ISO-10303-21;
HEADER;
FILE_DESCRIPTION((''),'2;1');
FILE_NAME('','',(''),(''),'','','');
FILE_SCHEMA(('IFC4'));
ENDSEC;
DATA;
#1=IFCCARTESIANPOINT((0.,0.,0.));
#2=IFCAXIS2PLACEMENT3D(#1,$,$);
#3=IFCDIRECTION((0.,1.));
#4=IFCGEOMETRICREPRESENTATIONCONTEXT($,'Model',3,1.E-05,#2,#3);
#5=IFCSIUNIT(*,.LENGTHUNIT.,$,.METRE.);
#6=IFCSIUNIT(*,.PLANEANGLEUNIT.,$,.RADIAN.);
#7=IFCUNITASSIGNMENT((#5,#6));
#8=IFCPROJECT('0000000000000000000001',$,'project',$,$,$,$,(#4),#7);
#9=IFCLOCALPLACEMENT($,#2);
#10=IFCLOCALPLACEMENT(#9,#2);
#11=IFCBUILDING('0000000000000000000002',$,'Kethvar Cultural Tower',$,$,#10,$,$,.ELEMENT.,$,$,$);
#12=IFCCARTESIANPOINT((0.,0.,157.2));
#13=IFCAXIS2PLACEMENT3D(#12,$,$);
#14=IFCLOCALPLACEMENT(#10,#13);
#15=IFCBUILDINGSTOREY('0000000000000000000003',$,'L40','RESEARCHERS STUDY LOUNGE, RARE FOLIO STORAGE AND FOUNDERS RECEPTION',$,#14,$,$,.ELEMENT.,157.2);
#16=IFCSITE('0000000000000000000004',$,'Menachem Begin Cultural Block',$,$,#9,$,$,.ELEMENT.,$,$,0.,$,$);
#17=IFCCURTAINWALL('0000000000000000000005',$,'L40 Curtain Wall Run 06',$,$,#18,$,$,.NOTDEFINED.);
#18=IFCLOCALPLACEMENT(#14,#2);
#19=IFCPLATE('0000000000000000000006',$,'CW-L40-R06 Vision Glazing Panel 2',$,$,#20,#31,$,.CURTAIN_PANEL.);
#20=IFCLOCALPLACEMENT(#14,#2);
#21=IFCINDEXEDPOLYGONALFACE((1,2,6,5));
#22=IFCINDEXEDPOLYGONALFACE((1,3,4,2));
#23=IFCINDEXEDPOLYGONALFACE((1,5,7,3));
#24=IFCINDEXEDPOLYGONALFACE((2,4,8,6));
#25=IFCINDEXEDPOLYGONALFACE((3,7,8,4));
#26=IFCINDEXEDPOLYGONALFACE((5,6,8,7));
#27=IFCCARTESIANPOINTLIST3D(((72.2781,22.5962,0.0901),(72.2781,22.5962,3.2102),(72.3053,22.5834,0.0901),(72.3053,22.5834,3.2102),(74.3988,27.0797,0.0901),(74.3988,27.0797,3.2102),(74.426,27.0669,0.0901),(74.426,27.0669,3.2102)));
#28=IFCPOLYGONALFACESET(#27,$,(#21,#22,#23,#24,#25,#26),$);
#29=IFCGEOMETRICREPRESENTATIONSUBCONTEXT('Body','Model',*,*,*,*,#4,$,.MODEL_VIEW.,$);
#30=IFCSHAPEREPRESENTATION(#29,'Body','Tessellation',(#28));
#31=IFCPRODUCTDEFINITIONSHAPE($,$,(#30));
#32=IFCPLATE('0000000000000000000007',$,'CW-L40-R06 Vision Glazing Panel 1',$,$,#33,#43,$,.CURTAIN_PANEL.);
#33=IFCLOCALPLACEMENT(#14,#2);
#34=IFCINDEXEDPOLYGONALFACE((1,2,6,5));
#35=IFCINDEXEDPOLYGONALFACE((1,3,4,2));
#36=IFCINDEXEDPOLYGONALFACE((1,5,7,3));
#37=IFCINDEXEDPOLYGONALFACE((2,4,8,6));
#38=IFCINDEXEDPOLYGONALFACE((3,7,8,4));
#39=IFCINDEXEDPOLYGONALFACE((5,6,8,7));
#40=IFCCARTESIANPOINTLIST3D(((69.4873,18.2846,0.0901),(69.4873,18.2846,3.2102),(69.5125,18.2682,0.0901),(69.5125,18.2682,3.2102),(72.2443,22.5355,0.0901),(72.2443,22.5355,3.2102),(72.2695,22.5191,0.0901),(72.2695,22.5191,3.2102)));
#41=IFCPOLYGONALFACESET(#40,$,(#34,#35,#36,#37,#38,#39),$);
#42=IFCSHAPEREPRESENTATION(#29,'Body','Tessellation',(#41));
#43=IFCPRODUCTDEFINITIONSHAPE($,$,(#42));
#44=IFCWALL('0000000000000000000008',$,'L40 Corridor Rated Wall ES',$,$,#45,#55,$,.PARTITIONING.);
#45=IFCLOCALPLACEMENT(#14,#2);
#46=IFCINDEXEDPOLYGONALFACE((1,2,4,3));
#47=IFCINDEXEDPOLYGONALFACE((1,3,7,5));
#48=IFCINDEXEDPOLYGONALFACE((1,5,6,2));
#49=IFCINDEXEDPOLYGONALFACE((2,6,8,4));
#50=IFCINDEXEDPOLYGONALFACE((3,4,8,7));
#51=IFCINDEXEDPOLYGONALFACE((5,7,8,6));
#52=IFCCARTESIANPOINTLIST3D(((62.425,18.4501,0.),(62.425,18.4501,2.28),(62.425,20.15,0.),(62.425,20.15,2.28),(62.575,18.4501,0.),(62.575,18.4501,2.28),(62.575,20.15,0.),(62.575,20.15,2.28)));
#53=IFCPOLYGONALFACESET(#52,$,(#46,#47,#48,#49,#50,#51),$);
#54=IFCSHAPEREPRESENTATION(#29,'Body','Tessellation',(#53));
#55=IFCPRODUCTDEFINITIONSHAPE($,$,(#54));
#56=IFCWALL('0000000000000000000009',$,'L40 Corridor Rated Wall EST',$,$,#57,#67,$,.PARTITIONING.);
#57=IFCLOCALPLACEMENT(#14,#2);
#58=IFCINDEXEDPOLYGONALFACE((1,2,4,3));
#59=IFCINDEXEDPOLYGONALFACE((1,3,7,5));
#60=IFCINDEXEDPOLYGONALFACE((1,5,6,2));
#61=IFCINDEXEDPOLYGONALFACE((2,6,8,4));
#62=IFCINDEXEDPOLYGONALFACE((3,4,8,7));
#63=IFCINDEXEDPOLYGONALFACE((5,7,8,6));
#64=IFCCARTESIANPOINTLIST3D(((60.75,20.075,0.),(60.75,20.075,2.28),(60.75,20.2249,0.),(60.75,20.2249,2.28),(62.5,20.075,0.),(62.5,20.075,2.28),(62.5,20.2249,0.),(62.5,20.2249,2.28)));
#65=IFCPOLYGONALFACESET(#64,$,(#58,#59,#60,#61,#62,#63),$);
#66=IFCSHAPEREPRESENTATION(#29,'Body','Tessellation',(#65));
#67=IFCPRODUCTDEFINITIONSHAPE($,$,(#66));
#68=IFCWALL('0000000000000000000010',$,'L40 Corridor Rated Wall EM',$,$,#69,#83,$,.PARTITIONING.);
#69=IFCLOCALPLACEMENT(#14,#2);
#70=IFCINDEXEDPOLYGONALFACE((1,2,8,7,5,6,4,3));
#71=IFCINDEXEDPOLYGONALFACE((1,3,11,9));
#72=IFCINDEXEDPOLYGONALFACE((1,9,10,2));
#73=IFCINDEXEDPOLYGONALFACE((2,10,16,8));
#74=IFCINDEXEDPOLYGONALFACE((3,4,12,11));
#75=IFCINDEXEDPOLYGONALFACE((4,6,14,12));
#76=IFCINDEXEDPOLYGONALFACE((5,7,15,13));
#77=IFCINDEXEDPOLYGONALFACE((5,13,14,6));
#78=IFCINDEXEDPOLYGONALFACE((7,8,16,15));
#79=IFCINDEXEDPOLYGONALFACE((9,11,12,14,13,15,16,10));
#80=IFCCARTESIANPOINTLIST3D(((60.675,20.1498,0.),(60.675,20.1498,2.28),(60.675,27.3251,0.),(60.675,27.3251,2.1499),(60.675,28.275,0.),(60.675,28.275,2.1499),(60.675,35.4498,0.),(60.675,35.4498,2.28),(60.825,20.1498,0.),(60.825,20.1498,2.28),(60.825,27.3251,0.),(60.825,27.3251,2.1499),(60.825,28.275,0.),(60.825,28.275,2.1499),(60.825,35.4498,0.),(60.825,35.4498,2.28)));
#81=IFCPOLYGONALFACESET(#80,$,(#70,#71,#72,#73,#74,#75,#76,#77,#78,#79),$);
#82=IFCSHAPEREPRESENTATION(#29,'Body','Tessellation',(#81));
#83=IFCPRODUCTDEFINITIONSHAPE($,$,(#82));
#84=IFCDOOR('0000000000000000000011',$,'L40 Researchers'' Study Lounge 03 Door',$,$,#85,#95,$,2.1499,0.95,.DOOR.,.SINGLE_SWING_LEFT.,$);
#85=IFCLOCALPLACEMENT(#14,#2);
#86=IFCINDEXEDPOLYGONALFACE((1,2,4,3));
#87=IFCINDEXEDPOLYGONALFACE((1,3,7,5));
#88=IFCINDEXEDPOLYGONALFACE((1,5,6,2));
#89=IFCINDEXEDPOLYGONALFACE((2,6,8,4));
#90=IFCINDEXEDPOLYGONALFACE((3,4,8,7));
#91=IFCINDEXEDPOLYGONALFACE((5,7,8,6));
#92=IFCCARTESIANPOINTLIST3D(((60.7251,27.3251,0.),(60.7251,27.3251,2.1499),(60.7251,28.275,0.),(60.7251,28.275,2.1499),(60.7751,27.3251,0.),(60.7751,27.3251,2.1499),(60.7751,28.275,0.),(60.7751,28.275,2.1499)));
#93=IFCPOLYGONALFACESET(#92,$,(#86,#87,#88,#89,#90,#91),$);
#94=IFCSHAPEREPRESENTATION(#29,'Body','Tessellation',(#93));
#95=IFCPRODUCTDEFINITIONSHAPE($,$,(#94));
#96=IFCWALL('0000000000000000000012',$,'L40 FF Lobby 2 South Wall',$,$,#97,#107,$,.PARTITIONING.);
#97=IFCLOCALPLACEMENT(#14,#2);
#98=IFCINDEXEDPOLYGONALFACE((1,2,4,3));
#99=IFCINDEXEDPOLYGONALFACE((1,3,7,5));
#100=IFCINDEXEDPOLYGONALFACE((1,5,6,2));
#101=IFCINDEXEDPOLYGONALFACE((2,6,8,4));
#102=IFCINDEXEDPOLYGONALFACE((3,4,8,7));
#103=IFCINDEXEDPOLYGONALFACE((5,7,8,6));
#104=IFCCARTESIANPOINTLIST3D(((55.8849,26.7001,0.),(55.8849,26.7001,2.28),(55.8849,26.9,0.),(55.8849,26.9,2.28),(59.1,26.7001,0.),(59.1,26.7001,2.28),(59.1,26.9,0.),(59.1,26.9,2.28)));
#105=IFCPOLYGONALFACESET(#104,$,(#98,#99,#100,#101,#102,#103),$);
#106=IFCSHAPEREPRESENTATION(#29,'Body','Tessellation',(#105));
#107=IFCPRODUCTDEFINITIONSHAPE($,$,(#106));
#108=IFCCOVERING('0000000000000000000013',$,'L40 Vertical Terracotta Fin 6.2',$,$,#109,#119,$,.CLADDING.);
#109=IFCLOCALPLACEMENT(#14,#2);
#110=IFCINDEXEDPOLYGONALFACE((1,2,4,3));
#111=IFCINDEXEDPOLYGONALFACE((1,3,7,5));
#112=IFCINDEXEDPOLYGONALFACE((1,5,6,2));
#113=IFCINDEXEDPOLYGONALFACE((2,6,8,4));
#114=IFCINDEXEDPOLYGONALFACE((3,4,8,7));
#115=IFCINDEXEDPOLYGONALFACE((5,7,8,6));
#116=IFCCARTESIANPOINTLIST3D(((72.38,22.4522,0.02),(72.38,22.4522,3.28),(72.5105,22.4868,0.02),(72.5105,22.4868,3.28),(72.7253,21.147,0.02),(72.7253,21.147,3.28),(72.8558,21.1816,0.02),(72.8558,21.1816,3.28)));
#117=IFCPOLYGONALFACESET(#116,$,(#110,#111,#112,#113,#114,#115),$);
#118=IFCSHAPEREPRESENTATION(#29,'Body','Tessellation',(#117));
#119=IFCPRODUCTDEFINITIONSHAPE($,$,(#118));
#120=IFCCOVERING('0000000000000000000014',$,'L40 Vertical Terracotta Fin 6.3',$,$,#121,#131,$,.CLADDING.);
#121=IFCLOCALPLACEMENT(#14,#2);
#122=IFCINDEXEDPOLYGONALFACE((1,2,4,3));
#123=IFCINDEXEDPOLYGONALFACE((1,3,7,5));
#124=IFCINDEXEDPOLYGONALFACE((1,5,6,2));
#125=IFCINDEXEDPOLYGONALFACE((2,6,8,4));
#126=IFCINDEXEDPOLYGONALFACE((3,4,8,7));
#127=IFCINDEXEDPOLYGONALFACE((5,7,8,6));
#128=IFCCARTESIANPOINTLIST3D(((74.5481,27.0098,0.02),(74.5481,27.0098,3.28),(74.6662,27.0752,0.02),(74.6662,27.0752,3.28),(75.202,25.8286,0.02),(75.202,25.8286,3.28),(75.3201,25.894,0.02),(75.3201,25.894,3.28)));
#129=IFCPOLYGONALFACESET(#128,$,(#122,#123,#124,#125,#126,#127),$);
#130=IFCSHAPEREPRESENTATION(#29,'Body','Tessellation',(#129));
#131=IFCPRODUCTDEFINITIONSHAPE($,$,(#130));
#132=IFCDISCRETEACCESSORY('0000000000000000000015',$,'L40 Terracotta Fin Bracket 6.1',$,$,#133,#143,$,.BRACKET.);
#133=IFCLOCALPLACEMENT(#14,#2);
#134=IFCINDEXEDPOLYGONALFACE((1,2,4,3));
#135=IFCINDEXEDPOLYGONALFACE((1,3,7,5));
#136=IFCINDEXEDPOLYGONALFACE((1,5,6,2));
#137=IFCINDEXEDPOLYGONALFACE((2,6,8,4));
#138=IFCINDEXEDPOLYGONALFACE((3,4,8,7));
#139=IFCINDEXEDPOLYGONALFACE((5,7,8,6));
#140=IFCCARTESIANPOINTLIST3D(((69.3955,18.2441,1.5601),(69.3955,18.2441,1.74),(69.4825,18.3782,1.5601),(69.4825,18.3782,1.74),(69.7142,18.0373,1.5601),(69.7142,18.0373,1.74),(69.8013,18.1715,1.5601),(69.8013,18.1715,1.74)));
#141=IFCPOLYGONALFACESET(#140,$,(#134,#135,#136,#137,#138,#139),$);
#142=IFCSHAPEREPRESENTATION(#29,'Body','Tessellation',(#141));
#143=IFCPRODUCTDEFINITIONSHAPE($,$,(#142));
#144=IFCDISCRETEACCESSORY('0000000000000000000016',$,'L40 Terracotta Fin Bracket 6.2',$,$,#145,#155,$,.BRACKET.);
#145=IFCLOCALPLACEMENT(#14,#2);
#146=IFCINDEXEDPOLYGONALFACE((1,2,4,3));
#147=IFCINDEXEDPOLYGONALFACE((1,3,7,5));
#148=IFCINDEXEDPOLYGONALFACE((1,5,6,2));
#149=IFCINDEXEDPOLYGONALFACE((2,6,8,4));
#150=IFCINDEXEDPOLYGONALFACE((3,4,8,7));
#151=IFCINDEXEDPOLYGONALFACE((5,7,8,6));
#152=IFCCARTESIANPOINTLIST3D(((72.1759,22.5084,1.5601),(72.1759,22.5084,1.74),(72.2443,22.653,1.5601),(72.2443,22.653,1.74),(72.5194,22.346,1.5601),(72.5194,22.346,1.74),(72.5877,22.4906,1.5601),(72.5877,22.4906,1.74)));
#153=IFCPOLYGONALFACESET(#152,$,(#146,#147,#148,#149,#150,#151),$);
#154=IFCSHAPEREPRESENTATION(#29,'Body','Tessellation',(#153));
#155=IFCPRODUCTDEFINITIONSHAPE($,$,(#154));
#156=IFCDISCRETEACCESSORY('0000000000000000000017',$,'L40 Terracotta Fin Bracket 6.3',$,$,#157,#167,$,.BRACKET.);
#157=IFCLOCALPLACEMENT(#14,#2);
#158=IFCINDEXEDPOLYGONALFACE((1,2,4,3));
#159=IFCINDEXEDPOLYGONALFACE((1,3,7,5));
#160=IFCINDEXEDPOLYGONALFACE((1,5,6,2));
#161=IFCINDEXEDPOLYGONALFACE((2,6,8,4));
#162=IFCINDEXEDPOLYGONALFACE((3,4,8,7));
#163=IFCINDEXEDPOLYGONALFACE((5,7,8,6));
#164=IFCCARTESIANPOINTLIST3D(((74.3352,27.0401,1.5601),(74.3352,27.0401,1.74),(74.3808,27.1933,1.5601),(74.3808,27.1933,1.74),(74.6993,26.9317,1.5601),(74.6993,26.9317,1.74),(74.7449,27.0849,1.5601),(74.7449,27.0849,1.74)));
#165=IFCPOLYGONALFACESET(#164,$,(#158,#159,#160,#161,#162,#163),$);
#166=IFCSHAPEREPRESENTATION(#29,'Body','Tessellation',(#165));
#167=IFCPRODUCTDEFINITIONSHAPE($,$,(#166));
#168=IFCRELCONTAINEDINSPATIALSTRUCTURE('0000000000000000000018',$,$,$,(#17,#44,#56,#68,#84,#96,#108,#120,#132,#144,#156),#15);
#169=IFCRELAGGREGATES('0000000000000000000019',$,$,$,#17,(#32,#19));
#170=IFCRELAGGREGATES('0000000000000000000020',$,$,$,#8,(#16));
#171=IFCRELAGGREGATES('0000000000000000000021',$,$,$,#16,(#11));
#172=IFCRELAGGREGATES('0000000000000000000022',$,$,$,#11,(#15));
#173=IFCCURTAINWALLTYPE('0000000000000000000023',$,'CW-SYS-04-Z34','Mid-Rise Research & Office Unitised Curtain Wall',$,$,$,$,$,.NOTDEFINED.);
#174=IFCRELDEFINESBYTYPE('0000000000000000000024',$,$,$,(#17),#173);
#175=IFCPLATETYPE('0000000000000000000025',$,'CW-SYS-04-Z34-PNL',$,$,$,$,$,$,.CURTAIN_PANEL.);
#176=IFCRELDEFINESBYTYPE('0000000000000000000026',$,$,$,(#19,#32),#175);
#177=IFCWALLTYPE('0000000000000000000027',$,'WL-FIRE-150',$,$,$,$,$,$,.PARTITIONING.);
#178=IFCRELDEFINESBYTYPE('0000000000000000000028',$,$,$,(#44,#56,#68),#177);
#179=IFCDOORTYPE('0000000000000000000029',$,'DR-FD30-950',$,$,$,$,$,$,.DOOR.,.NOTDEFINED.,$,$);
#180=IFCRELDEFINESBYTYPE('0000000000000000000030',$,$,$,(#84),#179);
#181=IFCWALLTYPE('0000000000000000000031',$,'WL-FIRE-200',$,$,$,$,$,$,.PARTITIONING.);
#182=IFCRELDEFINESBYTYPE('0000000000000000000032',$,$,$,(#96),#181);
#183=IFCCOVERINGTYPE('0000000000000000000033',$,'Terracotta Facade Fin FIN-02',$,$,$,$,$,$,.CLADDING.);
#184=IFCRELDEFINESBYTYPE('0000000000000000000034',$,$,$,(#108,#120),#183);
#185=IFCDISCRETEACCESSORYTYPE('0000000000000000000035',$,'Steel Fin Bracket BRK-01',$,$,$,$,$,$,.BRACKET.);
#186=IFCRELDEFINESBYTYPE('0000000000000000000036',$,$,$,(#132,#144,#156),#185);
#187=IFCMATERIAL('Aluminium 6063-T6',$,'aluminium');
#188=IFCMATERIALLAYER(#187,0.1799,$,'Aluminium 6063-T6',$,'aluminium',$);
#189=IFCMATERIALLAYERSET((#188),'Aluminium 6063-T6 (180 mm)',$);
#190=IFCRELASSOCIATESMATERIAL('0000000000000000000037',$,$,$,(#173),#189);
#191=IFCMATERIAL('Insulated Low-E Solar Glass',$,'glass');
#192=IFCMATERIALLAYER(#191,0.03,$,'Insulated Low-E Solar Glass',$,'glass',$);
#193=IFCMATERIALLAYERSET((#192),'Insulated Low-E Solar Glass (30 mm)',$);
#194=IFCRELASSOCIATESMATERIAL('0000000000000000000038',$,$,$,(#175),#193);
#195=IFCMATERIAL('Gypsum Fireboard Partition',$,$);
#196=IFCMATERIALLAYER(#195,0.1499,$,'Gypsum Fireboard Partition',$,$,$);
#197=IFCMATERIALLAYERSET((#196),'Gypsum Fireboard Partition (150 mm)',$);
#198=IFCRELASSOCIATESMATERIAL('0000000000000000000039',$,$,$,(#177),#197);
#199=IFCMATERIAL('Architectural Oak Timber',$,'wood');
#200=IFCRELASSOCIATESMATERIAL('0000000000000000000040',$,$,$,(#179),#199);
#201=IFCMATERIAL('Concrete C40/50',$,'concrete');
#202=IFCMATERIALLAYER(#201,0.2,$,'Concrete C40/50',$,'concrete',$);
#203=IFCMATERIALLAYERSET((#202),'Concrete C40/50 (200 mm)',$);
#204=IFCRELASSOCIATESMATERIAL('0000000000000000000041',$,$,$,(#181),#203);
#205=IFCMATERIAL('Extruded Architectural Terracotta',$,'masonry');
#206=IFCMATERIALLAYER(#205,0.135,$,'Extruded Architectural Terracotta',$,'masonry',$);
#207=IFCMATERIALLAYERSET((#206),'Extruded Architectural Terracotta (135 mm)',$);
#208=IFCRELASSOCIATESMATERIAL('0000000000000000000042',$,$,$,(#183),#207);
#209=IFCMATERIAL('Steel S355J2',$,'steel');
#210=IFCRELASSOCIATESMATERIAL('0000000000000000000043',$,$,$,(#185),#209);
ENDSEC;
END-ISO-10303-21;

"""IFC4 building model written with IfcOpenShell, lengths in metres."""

from ifc_helpers import new_model, si_unit, direction, frame, frame_2d, origin, origin_2d, place, context, subcontext, project, spatial, rectangle, extrude, source, transform, mapped, material, layer, layer_set, type_object, element, fill, aggregate, save


model = new_model("IFC4")

# Units and contexts
model_context = context("Model", 3, precision=1e-05, world=origin(), true_north=direction((0.0, 1.0)))
body_context = subcontext(model_context, "Body", "Model", "MODEL_VIEW")
ifc_project = project(units=[si_unit("LENGTHUNIT", "METRE"), si_unit("PLANEANGLEUNIT", "RADIAN")], contexts=[model_context])

# Site, building, storey
site_placement = place(None, origin())
site = spatial("IfcSite", under=ifc_project, at=site_placement, Name="Menachem Begin Cultural Block", CompositionType="ELEMENT", RefElevation=0.0)
building_placement = place(site_placement, origin())
building = spatial("IfcBuilding", under=site, at=building_placement, Name="Kethvar Cultural Tower", CompositionType="ELEMENT")
storey_placement = place(building_placement, frame((0.0, 0.0, 157.2)))
storey = spatial("IfcBuildingStorey", under=building, at=storey_placement, Name="L40", Description="RESEARCHERS STUDY LOUNGE, RARE FOLIO STORAGE AND FOUNDERS RECEPTION", CompositionType="ELEMENT", Elevation=157.2)

# Shared definitions
ifc_material_1 = material(Name="Steel S355J2", Category="steel")

# Shared definitions
ifc_material_2 = material(Name="Aluminium 6063-T6", Category="aluminium")
ifc_layer_1 = layer(ifc_material_2, 0.1799, Name="Aluminium 6063-T6", Category="aluminium")
ifc_layer_set_1 = layer_set([ifc_layer_1], Name="Aluminium 6063-T6 (180 mm)")
curtain_wall_type = type_object("IfcCurtainWallType", Name="CW-SYS-04-Z34", Description="Mid-Rise Research & Office Unitised Curtain Wall", PredefinedType="NOTDEFINED", material=ifc_layer_set_1)

# Curtain wall, plates
curtain_wall_1_placement = place(storey_placement, origin())
curtain_wall_1 = element("IfcCurtainWall", 1, at=curtain_wall_1_placement, inside=storey, type_object=curtain_wall_type, Name="L40 Curtain Wall Run 06", PredefinedType="NOTDEFINED")
ifc_material_3 = material(Name="Insulated Low-E Solar Glass", Category="glass")
ifc_layer_2 = layer(ifc_material_3, 0.03, Name="Insulated Low-E Solar Glass", Category="glass")
ifc_layer_set_2 = layer_set([ifc_layer_2], Name="Insulated Low-E Solar Glass (30 mm)")
plate_type = type_object("IfcPlateType", Name="CW-SYS-04-Z34-PNL", PredefinedType="CURTAIN_PANEL", material=ifc_layer_set_2)
shared_shape_1 = source(origin(), body_context, "Body", "SweptSolid", [
    extrude(rectangle(XDim=4.9597, YDim=0.03, at=origin_2d()), origin(), (0.0, 0.0, 1.0), 3.1201),
])
plate_1_placement = place(storey_placement, frame((73.3521, 24.8315, 0.0901), z_axis=(0.0, 0.0, 1.0), x_axis=(0.427579, 0.903978, 0.0)))
plate_1 = element("IfcPlate", 2, at=plate_1_placement, type_object=plate_type, Name="CW-L40-R06 Vision Glazing Panel 2", PredefinedType="CURTAIN_PANEL", context=body_context, shape_type="MappedRepresentation", body=[
    mapped(shared_shape_1, transform((0.0, 0.0, 0.0), scale=1.0)),
])
shared_shape_2 = source(origin(), body_context, "Body", "SweptSolid", [
    extrude(rectangle(XDim=5.0667, YDim=0.03, at=origin_2d()), origin(), (0.0, 0.0, 1.0), 3.1201),
])
plate_2_placement = place(storey_placement, frame((70.8784, 20.4019, 0.0901), z_axis=(0.0, 0.0, 1.0), x_axis=(0.544141, 0.838994, 0.0)))
plate_2 = element("IfcPlate", 3, at=plate_2_placement, type_object=plate_type, Name="CW-L40-R06 Vision Glazing Panel 1", PredefinedType="CURTAIN_PANEL", context=body_context, shape_type="MappedRepresentation", body=[
    mapped(shared_shape_2, transform((0.0, 0.0, 0.0), scale=1.0)),
])
aggregate(curtain_wall_1, [plate_2, plate_1])

# Walls
ifc_material_4 = material(Name="Gypsum Fireboard Partition")
ifc_layer_3 = layer(ifc_material_4, 0.1499, Name="Gypsum Fireboard Partition")
ifc_layer_set_3 = layer_set([ifc_layer_3], Name="Gypsum Fireboard Partition (150 mm)")
wall_type_1 = type_object("IfcWallType", Name="WL-FIRE-150", PredefinedType="PARTITIONING", material=ifc_layer_set_3)
wall_1_placement = place(storey_placement, frame((62.5, 18.45, 0.0), z_axis=(0.0, 0.0, 1.0), x_axis=(0.0, 1.0, 0.0)))
element("IfcWall", 4, at=wall_1_placement, inside=storey, type_object=wall_type_1, Name="L40 Corridor Rated Wall ES", PredefinedType="PARTITIONING", context=body_context, shape_type="SweptSolid", body=[
    extrude(rectangle(XDim=1.7, YDim=0.1499, at=frame_2d((0.8501, 0.0))), origin(), (0.0, 0.0, 1.0), 2.28),
])
wall_2_placement = place(storey_placement, frame((62.5, 20.1499, 0.0), z_axis=(0.0, 0.0, 1.0), x_axis=(-1.0, 0.0, 0.0)))
element("IfcWall", 5, at=wall_2_placement, inside=storey, type_object=wall_type_1, Name="L40 Corridor Rated Wall EST", PredefinedType="PARTITIONING", context=body_context, shape_type="SweptSolid", body=[
    extrude(rectangle(XDim=1.75, YDim=0.1499, at=frame_2d((0.875, 0.0))), origin(), (0.0, 0.0, 1.0), 2.28),
])

# Wall, opening, door
wall_3_placement = place(storey_placement, frame((60.75, 20.1499, 0.0), z_axis=(0.0, 0.0, 1.0), x_axis=(0.0, 1.0, 0.0)))
wall_3 = element("IfcWall", 6, at=wall_3_placement, inside=storey, type_object=wall_type_1, Name="L40 Corridor Rated Wall EM", PredefinedType="PARTITIONING", context=body_context, shape_type="SweptSolid", body=[
    extrude(rectangle(XDim=15.3, YDim=0.1499, at=frame_2d((7.6499, 0.0))), origin(), (0.0, 0.0, 1.0), 2.28),
])
opening_1_placement = place(wall_3_placement, frame((7.175, 0.0, 0.0)))
opening_1 = element("IfcOpeningElement", 7, at=opening_1_placement, cuts=wall_3, PredefinedType="OPENING", context=body_context, shape_type="SweptSolid", body=[
    extrude(rectangle(XDim=0.95, YDim=2.1499, at=frame_2d((0.4751, 1.075))), frame((0.0, 0.085, 0.0), z_axis=(0.0, -1.0, 0.0), x_axis=(1.0, 0.0, 0.0)), (0.0, 0.0, 1.0), 0.1699),
])
ifc_material_5 = material(Name="Architectural Oak Timber", Category="wood")
door_type_1 = type_object("IfcDoorType", Name="DR-FD30-950", OperationType="NOTDEFINED", PredefinedType="DOOR", material=ifc_material_5)
shared_shape_3 = source(origin(), body_context, "Body", "SweptSolid", [
    extrude(rectangle(XDim=0.95, YDim=2.1499, at=frame_2d((0.4751, 1.075))), frame((0.0, 0.0249, 0.0), z_axis=(0.0, -1.0, 0.0), x_axis=(1.0, 0.0, 0.0)), (0.0, 0.0, 1.0), 0.05),
])
door_1_placement = place(opening_1_placement, origin())
door_1 = element("IfcDoor", 8, at=door_1_placement, inside=storey, type_object=door_type_1, Name="L40 Researchers' Study Lounge 03 Door", OperationType="SINGLE_SWING_LEFT", OverallHeight=2.1499, OverallWidth=0.95, PredefinedType="DOOR", context=body_context, shape_type="MappedRepresentation", body=[
    mapped(shared_shape_3, transform((0.0, 0.0, 0.0), scale=1.0)),
])
fill(opening_1, door_1)
ifc_material_6 = material(Name="Concrete C40/50", Category="concrete")
ifc_layer_4 = layer(ifc_material_6, 0.2, Name="Concrete C40/50", Category="concrete")
ifc_layer_set_4 = layer_set([ifc_layer_4], Name="Concrete C40/50 (200 mm)")
wall_type_2 = type_object("IfcWallType", Name="WL-FIRE-200", PredefinedType="PARTITIONING", material=ifc_layer_set_4)

# Wall
wall_4_placement = place(storey_placement, frame((55.885, 26.8, 0.0), z_axis=(0.0, 0.0, 1.0), x_axis=(1.0, 0.0, 0.0)))
element("IfcWall", 9, at=wall_4_placement, inside=storey, type_object=wall_type_2, Name="L40 FF Lobby 2 South Wall", PredefinedType="PARTITIONING", context=body_context, shape_type="SweptSolid", body=[
    extrude(rectangle(XDim=3.2151, YDim=0.2, at=frame_2d((1.6074, 0.0))), origin(), (0.0, 0.0, 1.0), 2.28),
])

# Coverings
ifc_material_7 = material(Name="Extruded Architectural Terracotta", Category="masonry")
ifc_layer_5 = layer(ifc_material_7, 0.135, Name="Extruded Architectural Terracotta", Category="masonry")
ifc_layer_set_5 = layer_set([ifc_layer_5], Name="Extruded Architectural Terracotta (135 mm)")
covering_type = type_object("IfcCoveringType", Name="Terracotta Facade Fin FIN-02", PredefinedType="CLADDING", material=ifc_layer_set_5)
shared_shape_4 = source(origin(), body_context, "Body", "SweptSolid", [
    extrude(rectangle(XDim=1.3501, YDim=0.135, at=origin_2d()), origin(), (0.0, 0.0, 1.0), 3.26),
])
for number, where, z_axis, x_axis, name in (
    (10, (72.6179, 21.8169, 0.02), (0.0, 0.0, 1.0), (0.255783, -0.966734, 0.0), "L40 Vertical Terracotta Fin 6.2"),
    (11, (74.9341, 26.4519, 0.02), (0.0, 0.0, 1.0), (0.484352, -0.874873, 0.0), "L40 Vertical Terracotta Fin 6.3"),
):
    element("IfcCovering", number, at=place(storey_placement, frame(where, z_axis=z_axis, x_axis=x_axis)), inside=storey, type_object=covering_type, Name=name, PredefinedType="CLADDING", context=body_context, shape_type="MappedRepresentation", body=[
        mapped(shared_shape_4, transform((0.0, 0.0, 0.0), scale=1.0)),
    ])

# Discrete accessories
discrete_accessory_type = type_object("IfcDiscreteAccessoryType", Name="Steel Fin Bracket BRK-01", PredefinedType="BRACKET", material=ifc_material_1)
shared_shape_5 = source(origin(), body_context, "Body", "SweptSolid", [
    extrude(rectangle(XDim=0.3799, YDim=0.1599, at=origin_2d()), origin(), (0.0, 0.0, 1.0), 0.1799),
])
for number, where, z_axis, x_axis, name in (
    (12, (69.5984, 18.2078, 1.5601), (0.0, 0.0, 1.0), (0.838956, -0.5442, 0.0), "L40 Terracotta Fin Bracket 6.1"),
    (13, (72.3818, 22.4995, 1.5601), (0.0, 0.0, 1.0), (0.904008, -0.427516, 0.0), "L40 Terracotta Fin Bracket 6.2"),
    (14, (74.54, 27.0625, 1.5601), (0.0, 0.0, 1.0), (0.958422, -0.285354, 0.0), "L40 Terracotta Fin Bracket 6.3"),
):
    element("IfcDiscreteAccessory", number, at=place(storey_placement, frame(where, z_axis=z_axis, x_axis=x_axis)), inside=storey, type_object=discrete_accessory_type, Name=name, PredefinedType="BRACKET", context=body_context, shape_type="MappedRepresentation", body=[
        mapped(shared_shape_5, transform((0.0, 0.0, 0.0), scale=1.0)),
    ])

save(model, "model.ifc")
